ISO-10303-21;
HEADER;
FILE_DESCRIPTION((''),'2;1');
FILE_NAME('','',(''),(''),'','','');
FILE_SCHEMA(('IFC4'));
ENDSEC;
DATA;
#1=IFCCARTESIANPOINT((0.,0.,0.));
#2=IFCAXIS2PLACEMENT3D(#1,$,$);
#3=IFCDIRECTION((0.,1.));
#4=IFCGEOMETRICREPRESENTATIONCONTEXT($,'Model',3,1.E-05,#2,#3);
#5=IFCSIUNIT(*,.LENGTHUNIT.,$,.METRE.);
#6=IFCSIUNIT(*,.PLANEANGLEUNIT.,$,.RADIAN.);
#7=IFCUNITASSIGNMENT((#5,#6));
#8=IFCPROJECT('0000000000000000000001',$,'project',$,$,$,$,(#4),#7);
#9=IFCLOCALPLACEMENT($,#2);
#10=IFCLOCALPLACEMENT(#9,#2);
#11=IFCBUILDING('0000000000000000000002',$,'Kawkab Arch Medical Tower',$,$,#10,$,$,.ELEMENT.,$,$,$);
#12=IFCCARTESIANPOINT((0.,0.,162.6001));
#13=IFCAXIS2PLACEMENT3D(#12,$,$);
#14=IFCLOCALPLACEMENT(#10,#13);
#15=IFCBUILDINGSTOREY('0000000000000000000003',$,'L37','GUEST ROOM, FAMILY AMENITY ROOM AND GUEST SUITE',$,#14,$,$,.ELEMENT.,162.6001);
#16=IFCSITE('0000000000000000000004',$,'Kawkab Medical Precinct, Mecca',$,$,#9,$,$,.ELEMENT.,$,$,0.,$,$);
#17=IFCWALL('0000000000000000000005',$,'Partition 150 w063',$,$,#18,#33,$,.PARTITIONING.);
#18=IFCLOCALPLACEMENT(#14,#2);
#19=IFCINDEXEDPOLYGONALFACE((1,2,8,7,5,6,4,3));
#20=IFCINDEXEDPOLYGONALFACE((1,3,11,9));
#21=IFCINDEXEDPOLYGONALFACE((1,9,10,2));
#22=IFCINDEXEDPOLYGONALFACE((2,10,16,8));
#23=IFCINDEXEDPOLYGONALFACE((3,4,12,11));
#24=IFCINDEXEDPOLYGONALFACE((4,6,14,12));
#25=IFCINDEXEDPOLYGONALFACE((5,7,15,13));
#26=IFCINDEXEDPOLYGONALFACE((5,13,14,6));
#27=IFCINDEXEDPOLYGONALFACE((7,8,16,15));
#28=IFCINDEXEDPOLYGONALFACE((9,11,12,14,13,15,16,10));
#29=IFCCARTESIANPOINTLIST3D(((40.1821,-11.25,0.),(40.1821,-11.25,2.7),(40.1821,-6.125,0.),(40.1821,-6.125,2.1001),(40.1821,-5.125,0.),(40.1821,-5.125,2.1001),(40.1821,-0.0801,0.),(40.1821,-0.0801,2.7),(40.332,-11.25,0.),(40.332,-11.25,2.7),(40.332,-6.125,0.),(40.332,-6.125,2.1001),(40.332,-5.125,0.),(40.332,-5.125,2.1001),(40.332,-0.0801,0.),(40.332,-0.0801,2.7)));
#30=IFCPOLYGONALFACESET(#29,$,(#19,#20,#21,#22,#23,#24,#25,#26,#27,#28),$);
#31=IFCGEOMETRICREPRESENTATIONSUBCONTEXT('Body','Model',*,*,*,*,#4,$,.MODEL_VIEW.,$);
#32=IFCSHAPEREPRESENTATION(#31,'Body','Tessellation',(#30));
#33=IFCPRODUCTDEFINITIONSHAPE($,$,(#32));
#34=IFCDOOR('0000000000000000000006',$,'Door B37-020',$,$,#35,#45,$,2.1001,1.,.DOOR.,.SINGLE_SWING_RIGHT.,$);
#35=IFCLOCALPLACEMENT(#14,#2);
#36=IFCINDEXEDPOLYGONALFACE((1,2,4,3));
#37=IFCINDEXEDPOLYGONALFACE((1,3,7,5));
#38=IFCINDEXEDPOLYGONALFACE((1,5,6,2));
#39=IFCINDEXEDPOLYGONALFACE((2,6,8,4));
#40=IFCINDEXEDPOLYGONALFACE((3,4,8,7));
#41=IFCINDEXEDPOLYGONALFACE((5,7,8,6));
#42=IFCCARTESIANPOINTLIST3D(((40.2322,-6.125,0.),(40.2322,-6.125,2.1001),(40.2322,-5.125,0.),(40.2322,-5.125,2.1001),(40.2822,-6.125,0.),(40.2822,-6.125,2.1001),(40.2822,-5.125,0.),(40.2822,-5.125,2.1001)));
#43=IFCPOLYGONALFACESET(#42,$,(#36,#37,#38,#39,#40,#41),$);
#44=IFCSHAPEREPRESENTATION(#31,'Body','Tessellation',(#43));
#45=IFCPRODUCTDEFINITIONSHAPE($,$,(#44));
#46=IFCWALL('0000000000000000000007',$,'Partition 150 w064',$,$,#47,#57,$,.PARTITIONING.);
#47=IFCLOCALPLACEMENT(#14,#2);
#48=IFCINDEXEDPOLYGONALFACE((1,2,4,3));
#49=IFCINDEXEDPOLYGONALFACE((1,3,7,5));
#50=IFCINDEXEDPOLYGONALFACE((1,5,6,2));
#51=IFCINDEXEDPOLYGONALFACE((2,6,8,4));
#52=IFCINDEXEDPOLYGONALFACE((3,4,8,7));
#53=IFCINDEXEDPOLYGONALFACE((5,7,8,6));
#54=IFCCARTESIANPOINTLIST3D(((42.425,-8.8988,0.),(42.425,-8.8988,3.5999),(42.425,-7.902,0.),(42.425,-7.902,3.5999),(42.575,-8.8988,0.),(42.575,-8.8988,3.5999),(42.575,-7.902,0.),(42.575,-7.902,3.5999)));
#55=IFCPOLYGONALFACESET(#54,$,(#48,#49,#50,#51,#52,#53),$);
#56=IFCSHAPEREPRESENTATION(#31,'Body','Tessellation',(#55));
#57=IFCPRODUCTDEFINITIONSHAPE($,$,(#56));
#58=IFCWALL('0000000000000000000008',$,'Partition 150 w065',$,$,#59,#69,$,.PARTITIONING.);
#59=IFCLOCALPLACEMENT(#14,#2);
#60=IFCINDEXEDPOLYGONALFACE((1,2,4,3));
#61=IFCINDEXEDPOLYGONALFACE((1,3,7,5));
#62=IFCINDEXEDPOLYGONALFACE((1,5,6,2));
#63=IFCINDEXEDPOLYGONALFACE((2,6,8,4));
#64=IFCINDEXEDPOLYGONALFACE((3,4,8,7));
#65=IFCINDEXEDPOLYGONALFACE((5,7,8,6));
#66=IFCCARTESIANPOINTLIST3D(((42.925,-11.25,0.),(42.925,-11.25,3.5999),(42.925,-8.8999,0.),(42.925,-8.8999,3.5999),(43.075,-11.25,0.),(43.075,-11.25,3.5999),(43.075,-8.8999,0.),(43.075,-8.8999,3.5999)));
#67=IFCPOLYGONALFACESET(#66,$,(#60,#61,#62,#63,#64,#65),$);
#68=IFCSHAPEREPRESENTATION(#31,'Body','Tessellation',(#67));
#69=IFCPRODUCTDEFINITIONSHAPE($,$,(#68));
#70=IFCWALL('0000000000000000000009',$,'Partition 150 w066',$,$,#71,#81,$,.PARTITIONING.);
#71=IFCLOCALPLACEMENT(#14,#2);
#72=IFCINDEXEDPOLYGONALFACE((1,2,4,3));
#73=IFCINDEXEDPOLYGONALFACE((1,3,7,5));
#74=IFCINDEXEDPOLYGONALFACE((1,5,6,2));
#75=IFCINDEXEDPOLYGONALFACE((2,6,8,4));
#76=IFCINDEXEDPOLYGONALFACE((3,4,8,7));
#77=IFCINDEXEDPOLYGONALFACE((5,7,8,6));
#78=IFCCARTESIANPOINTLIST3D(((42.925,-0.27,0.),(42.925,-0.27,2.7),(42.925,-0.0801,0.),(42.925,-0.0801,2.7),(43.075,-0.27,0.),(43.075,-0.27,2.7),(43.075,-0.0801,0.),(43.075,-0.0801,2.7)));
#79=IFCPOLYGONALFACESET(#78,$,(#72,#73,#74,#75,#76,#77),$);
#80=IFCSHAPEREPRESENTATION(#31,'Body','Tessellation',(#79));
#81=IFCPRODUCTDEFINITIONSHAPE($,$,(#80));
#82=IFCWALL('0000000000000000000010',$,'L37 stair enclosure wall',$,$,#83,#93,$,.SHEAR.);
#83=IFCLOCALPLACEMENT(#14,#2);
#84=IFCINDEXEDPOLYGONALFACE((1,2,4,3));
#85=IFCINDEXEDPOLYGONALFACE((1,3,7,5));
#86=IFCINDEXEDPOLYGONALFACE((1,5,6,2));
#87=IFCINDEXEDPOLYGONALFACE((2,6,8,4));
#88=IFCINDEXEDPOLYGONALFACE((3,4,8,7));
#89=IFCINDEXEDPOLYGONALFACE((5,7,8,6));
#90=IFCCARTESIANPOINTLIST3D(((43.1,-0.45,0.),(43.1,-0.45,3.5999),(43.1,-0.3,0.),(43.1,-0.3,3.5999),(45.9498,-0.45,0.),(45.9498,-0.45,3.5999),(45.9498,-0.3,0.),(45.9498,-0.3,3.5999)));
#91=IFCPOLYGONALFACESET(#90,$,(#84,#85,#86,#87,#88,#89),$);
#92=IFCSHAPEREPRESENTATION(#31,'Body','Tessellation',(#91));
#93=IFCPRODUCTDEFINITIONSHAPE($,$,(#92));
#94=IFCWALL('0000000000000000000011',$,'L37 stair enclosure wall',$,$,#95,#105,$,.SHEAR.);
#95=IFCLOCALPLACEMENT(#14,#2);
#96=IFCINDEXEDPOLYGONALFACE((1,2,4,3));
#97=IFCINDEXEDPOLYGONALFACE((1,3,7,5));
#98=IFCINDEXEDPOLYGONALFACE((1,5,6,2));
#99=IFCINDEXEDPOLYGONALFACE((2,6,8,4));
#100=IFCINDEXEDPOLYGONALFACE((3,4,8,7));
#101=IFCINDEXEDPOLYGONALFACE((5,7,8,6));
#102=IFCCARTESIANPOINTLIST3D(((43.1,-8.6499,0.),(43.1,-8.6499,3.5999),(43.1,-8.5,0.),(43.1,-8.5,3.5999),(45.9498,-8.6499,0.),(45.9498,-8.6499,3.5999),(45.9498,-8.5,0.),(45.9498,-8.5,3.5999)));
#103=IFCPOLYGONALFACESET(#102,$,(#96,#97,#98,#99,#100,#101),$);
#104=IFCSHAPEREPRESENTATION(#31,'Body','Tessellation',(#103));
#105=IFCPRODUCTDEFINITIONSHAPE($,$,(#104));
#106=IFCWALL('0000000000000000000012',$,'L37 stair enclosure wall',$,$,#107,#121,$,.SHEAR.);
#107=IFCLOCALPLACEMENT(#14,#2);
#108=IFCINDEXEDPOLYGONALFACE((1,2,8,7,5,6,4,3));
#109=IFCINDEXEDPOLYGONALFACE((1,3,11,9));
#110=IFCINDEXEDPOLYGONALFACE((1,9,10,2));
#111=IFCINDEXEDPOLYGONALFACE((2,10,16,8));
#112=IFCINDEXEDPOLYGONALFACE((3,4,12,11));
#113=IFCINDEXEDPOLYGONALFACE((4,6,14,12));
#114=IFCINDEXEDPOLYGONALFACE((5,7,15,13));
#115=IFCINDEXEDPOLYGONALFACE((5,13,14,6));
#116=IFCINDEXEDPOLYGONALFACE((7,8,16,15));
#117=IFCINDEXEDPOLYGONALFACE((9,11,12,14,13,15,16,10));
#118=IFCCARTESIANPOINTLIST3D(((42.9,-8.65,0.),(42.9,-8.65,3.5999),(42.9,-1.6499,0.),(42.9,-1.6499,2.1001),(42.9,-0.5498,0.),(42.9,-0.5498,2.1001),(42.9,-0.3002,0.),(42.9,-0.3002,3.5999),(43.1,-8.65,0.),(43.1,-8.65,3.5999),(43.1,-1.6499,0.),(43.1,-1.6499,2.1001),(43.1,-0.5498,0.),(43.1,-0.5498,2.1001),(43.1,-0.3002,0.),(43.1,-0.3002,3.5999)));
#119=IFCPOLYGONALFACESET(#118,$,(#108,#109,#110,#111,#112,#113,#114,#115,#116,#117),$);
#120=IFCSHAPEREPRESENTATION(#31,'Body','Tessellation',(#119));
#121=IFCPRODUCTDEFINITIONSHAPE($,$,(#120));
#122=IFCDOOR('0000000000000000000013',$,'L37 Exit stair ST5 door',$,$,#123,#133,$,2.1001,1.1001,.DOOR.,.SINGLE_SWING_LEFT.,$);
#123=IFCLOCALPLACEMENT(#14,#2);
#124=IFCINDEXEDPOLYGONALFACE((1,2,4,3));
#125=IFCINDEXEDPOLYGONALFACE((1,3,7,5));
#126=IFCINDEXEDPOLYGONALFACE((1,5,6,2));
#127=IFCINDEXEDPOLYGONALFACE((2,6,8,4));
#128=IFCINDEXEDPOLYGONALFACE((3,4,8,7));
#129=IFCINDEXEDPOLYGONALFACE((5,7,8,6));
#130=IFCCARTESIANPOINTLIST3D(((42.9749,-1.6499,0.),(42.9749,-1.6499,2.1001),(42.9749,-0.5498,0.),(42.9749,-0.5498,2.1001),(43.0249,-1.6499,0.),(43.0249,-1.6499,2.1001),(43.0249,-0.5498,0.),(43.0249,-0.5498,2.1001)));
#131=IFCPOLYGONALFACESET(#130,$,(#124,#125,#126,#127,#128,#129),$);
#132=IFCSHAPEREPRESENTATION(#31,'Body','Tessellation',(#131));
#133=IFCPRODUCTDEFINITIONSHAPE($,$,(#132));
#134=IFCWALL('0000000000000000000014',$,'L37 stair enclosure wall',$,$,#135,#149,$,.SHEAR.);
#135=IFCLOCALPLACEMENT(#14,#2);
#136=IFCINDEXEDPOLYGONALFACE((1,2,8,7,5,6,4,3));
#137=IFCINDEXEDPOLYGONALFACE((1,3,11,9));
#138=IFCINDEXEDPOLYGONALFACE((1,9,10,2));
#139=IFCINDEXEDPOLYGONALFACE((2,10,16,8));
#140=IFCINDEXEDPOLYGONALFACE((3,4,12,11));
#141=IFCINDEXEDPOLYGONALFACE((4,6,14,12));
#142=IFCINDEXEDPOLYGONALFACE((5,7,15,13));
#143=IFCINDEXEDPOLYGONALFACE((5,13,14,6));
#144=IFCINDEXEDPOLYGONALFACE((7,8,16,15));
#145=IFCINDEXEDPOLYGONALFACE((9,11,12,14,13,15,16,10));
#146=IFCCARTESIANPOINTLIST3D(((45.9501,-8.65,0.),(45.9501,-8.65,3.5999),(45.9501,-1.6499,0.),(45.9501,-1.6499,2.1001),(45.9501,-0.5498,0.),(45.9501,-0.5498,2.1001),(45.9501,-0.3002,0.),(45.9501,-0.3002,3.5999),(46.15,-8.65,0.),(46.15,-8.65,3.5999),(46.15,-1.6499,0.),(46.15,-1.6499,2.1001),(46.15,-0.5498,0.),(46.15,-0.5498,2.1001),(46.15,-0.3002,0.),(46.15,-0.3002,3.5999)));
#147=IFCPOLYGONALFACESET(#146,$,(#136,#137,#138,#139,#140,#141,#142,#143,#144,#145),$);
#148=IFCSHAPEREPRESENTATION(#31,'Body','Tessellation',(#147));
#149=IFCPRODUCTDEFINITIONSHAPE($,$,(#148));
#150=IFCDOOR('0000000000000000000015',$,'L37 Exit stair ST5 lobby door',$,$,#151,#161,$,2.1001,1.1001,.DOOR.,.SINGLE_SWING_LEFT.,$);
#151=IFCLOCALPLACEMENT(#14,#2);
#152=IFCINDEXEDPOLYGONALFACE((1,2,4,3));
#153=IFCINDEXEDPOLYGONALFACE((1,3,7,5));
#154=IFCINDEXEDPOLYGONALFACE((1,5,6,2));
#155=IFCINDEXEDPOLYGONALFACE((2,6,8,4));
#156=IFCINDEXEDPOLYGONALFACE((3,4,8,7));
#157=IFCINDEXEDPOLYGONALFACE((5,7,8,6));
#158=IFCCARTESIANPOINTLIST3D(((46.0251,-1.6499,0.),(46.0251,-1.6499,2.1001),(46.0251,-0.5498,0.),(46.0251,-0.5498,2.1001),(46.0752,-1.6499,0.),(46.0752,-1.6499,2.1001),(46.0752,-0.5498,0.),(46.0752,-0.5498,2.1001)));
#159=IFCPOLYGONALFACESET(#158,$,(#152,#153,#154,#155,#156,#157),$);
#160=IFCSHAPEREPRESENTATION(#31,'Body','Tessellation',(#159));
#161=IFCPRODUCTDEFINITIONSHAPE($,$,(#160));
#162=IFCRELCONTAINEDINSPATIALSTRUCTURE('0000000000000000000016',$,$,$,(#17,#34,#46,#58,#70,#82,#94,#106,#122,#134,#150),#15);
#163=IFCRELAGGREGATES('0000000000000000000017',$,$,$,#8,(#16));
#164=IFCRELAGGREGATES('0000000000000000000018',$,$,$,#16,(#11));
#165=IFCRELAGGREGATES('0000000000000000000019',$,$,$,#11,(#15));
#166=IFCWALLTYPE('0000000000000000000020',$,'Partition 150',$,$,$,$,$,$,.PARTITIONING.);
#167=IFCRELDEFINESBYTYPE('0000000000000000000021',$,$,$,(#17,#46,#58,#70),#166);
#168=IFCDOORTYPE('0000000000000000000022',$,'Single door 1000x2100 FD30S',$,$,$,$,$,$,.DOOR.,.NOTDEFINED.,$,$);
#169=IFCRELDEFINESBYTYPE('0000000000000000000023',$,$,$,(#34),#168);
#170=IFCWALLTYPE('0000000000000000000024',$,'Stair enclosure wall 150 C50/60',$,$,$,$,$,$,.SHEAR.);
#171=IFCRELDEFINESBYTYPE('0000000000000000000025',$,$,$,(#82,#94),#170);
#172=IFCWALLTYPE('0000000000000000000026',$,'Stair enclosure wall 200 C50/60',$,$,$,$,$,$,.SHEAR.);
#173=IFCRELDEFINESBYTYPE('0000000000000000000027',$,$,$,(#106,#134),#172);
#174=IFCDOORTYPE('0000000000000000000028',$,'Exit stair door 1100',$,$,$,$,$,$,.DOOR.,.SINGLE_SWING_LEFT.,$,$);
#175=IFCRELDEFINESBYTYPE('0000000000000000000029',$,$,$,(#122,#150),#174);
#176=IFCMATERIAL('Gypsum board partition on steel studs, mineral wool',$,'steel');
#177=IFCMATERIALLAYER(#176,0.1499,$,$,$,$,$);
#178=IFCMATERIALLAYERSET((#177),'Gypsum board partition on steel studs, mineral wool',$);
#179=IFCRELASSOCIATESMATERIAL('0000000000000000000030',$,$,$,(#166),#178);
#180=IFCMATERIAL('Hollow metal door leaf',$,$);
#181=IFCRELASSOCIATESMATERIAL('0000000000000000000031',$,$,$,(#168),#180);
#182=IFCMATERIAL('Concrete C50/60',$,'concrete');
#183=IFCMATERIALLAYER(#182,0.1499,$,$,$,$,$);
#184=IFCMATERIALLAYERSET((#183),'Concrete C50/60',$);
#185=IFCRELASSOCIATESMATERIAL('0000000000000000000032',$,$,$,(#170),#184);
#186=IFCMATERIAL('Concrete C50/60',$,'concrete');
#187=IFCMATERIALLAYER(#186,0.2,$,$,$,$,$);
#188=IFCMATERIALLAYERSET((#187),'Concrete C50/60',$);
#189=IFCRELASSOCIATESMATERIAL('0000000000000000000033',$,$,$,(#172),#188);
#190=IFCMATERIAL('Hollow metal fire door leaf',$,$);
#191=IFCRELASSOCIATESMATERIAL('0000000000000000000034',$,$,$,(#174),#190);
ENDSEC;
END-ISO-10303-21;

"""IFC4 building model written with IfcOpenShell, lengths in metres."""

from ifc_helpers import new_model, si_unit, direction, frame, frame_2d, origin, place, context, subcontext, project, spatial, rectangle, extrude, material, layer, layer_set, type_object, element, fill, save


model = new_model("IFC4")

# Units and contexts
model_context = context("Model", 3, precision=1e-05, world=origin(), true_north=direction((0.0, 1.0)))
body_context = subcontext(model_context, "Body", "Model", "MODEL_VIEW")
ifc_project = project(units=[si_unit("LENGTHUNIT", "METRE"), si_unit("PLANEANGLEUNIT", "RADIAN")], contexts=[model_context])

# Site, building, storey
site_placement = place(None, origin())
site = spatial("IfcSite", under=ifc_project, at=site_placement, Name="Kawkab Medical Precinct, Mecca", CompositionType="ELEMENT", RefElevation=0.0)
building_placement = place(site_placement, origin())
building = spatial("IfcBuilding", under=site, at=building_placement, Name="Kawkab Arch Medical Tower", CompositionType="ELEMENT")
storey_placement = place(building_placement, frame((0.0, 0.0, 162.6001)))
storey = spatial("IfcBuildingStorey", under=building, at=storey_placement, Name="L37", Description="GUEST ROOM, FAMILY AMENITY ROOM AND GUEST SUITE", CompositionType="ELEMENT", Elevation=162.6001)

# Shared definitions
ifc_material_1 = material(Name="Gypsum board partition on steel studs, mineral wool", Category="steel")
ifc_layer_1 = layer(ifc_material_1, 0.1499)
ifc_layer_set_1 = layer_set([ifc_layer_1], Name="Gypsum board partition on steel studs, mineral wool")
wall_type_1 = type_object("IfcWallType", Name="Partition 150", PredefinedType="PARTITIONING", material=ifc_layer_set_1)

# Wall, opening, door
wall_1_placement = place(storey_placement, frame((40.2571, -11.25, 0.0), z_axis=(0.0, 0.0, 1.0), x_axis=(0.0, 1.0, 0.0)))
wall_1 = element("IfcWall", 1, at=wall_1_placement, inside=storey, type_object=wall_type_1, Name="Partition 150 w063", PredefinedType="PARTITIONING", context=body_context, shape_type="SweptSolid", body=[
    extrude(rectangle(XDim=11.1699, YDim=0.1499, at=frame_2d((5.585, 0.0))), origin(), (0.0, 0.0, 1.0), 2.7),
])
opening_1_placement = place(wall_1_placement, frame((5.125, 0.0, 0.0)))
opening_1 = element("IfcOpeningElement", 2, at=opening_1_placement, cuts=wall_1, PredefinedType="OPENING", context=body_context, shape_type="SweptSolid", body=[
    extrude(rectangle(XDim=1.0, YDim=2.1001, at=frame_2d((0.5, 1.05))), frame((0.0, 0.085, 0.0), z_axis=(0.0, -1.0, 0.0), x_axis=(1.0, 0.0, 0.0)), (0.0, 0.0, 1.0), 0.1699),
])
ifc_material_2 = material(Name="Hollow metal door leaf")
door_type_1 = type_object("IfcDoorType", Name="Single door 1000x2100 FD30S", OperationType="NOTDEFINED", PredefinedType="DOOR", material=ifc_material_2)
door_1_placement = place(opening_1_placement, origin())
door_1 = element("IfcDoor", 3, at=door_1_placement, inside=storey, type_object=door_type_1, Name="Door B37-020", OperationType="SINGLE_SWING_RIGHT", OverallHeight=2.1001, OverallWidth=1.0, PredefinedType="DOOR", context=body_context, shape_type="SweptSolid", body=[
    extrude(rectangle(XDim=1.0, YDim=2.1001, at=frame_2d((0.5, 1.05))), frame((0.0, 0.0249, 0.0), z_axis=(0.0, -1.0, 0.0), x_axis=(1.0, 0.0, 0.0)), (0.0, 0.0, 1.0), 0.05),
])
fill(opening_1, door_1)

# Walls
wall_2_placement = place(storey_placement, frame((42.5, -8.8989, 0.0), z_axis=(0.0, 0.0, 1.0), x_axis=(0.0, 1.0, 0.0)))
element("IfcWall", 4, at=wall_2_placement, inside=storey, type_object=wall_type_1, Name="Partition 150 w064", PredefinedType="PARTITIONING", context=body_context, shape_type="SweptSolid", body=[
    extrude(rectangle(XDim=0.9968, YDim=0.1499, at=frame_2d((0.4985, 0.0))), origin(), (0.0, 0.0, 1.0), 3.5999),
])
wall_3_placement = place(storey_placement, frame((43.0, -11.25, 0.0), z_axis=(0.0, 0.0, 1.0), x_axis=(0.0, 1.0, 0.0)))
element("IfcWall", 5, at=wall_3_placement, inside=storey, type_object=wall_type_1, Name="Partition 150 w065", PredefinedType="PARTITIONING", context=body_context, shape_type="SweptSolid", body=[
    extrude(rectangle(XDim=2.3501, YDim=0.1499, at=frame_2d((1.175, 0.0))), origin(), (0.0, 0.0, 1.0), 3.5999),
])
wall_4_placement = place(storey_placement, frame((43.0, -0.27, 0.0), z_axis=(0.0, 0.0, 1.0), x_axis=(0.0, 1.0, 0.0)))
element("IfcWall", 6, at=wall_4_placement, inside=storey, type_object=wall_type_1, Name="Partition 150 w066", PredefinedType="PARTITIONING", context=body_context, shape_type="SweptSolid", body=[
    extrude(rectangle(XDim=0.1899, YDim=0.1499, at=frame_2d((0.095, 0.0))), origin(), (0.0, 0.0, 1.0), 2.7),
])
ifc_material_3 = material(Name="Concrete C50/60", Category="concrete")
ifc_layer_2 = layer(ifc_material_3, 0.1499)
ifc_layer_set_2 = layer_set([ifc_layer_2], Name="Concrete C50/60")
wall_type_2 = type_object("IfcWallType", Name="Stair enclosure wall 150 C50/60", PredefinedType="SHEAR", material=ifc_layer_set_2)
for number, where, z_axis, x_axis, name in (
    (7, (43.1001, -0.375, 0.0), (0.0, 0.0, 1.0), (1.0, 0.0, 0.0), "L37 stair enclosure wall"),
    (8, (43.1001, -8.575, 0.0), (0.0, 0.0, 1.0), (1.0, 0.0, 0.0), "L37 stair enclosure wall"),
):
    element("IfcWall", number, at=place(storey_placement, frame(where, z_axis=z_axis, x_axis=x_axis)), inside=storey, type_object=wall_type_2, Name=name, PredefinedType="SHEAR", context=body_context, shape_type="SweptSolid", body=[
        extrude(rectangle(XDim=2.8499, YDim=0.1499, at=frame_2d((1.4248, 0.0))), origin(), (0.0, 0.0, 1.0), 3.5999),
    ])

# Walls, openings, doors
ifc_material_4 = material(Name="Concrete C50/60", Category="concrete")
ifc_layer_3 = layer(ifc_material_4, 0.2)
ifc_layer_set_3 = layer_set([ifc_layer_3], Name="Concrete C50/60")
wall_type_3 = type_object("IfcWallType", Name="Stair enclosure wall 200 C50/60", PredefinedType="SHEAR", material=ifc_layer_set_3)
wall_5_placement = place(storey_placement, frame((43.0, -8.6499, 0.0), z_axis=(0.0, 0.0, 1.0), x_axis=(0.0, 1.0, 0.0)))
wall_5 = element("IfcWall", 9, at=wall_5_placement, inside=storey, type_object=wall_type_3, Name="L37 stair enclosure wall", PredefinedType="SHEAR", context=body_context, shape_type="SweptSolid", body=[
    extrude(rectangle(XDim=8.3499, YDim=0.2, at=frame_2d((4.1748, 0.0))), origin(), (0.0, 0.0, 1.0), 3.5999),
])
opening_2_placement = place(wall_5_placement, frame((7.0, 0.0, 0.0)))
opening_2 = element("IfcOpeningElement", 10, at=opening_2_placement, cuts=wall_5, PredefinedType="OPENING", context=body_context, shape_type="SweptSolid", body=[
    extrude(rectangle(XDim=1.1001, YDim=2.1001, at=frame_2d((0.55, 1.05))), frame((0.0, 0.1099, 0.0), z_axis=(0.0, -1.0, 0.0), x_axis=(1.0, 0.0, 0.0)), (0.0, 0.0, 1.0), 0.22),
])
ifc_material_5 = material(Name="Hollow metal fire door leaf")
door_type_2 = type_object("IfcDoorType", Name="Exit stair door 1100", OperationType="SINGLE_SWING_LEFT", PredefinedType="DOOR", material=ifc_material_5)
door_2_placement = place(opening_2_placement, frame((1.1001, 0.0, 0.0), z_axis=(0.0, 0.0, 1.0), x_axis=(-1.0, 0.0, 0.0)))
door_2 = element("IfcDoor", 11, at=door_2_placement, inside=storey, type_object=door_type_2, Name="L37 Exit stair ST5 door", OperationType="SINGLE_SWING_LEFT", OverallHeight=2.1001, OverallWidth=1.1001, PredefinedType="DOOR", context=body_context, shape_type="SweptSolid", body=[
    extrude(rectangle(XDim=1.1001, YDim=2.1001, at=frame_2d((0.55, 1.05))), frame((0.0, 0.0249, 0.0), z_axis=(0.0, -1.0, 0.0), x_axis=(1.0, 0.0, 0.0)), (0.0, 0.0, 1.0), 0.05),
])
fill(opening_2, door_2)
wall_6_placement = place(storey_placement, frame((46.05, -8.6499, 0.0), z_axis=(0.0, 0.0, 1.0), x_axis=(0.0, 1.0, 0.0)))
wall_6 = element("IfcWall", 12, at=wall_6_placement, inside=storey, type_object=wall_type_3, Name="L37 stair enclosure wall", PredefinedType="SHEAR", context=body_context, shape_type="SweptSolid", body=[
    extrude(rectangle(XDim=8.3499, YDim=0.2, at=frame_2d((4.1748, 0.0))), origin(), (0.0, 0.0, 1.0), 3.5999),
])
opening_3_placement = place(wall_6_placement, frame((7.0, 0.0, 0.0)))
opening_3 = element("IfcOpeningElement", 13, at=opening_3_placement, cuts=wall_6, PredefinedType="OPENING", context=body_context, shape_type="SweptSolid", body=[
    extrude(rectangle(XDim=1.1001, YDim=2.1001, at=frame_2d((0.55, 1.05))), frame((0.0, 0.1099, 0.0), z_axis=(0.0, -1.0, 0.0), x_axis=(1.0, 0.0, 0.0)), (0.0, 0.0, 1.0), 0.22),
])
door_3_placement = place(opening_3_placement, origin())
door_3 = element("IfcDoor", 14, at=door_3_placement, inside=storey, type_object=door_type_2, Name="L37 Exit stair ST5 lobby door", OperationType="SINGLE_SWING_LEFT", OverallHeight=2.1001, OverallWidth=1.1001, PredefinedType="DOOR", context=body_context, shape_type="SweptSolid", body=[
    extrude(rectangle(XDim=1.1001, YDim=2.1001, at=frame_2d((0.55, 1.05))), frame((0.0, 0.0249, 0.0), z_axis=(0.0, -1.0, 0.0), x_axis=(1.0, 0.0, 0.0)), (0.0, 0.0, 1.0), 0.05),
])
fill(opening_3, door_3)

save(model, "model.ifc")
